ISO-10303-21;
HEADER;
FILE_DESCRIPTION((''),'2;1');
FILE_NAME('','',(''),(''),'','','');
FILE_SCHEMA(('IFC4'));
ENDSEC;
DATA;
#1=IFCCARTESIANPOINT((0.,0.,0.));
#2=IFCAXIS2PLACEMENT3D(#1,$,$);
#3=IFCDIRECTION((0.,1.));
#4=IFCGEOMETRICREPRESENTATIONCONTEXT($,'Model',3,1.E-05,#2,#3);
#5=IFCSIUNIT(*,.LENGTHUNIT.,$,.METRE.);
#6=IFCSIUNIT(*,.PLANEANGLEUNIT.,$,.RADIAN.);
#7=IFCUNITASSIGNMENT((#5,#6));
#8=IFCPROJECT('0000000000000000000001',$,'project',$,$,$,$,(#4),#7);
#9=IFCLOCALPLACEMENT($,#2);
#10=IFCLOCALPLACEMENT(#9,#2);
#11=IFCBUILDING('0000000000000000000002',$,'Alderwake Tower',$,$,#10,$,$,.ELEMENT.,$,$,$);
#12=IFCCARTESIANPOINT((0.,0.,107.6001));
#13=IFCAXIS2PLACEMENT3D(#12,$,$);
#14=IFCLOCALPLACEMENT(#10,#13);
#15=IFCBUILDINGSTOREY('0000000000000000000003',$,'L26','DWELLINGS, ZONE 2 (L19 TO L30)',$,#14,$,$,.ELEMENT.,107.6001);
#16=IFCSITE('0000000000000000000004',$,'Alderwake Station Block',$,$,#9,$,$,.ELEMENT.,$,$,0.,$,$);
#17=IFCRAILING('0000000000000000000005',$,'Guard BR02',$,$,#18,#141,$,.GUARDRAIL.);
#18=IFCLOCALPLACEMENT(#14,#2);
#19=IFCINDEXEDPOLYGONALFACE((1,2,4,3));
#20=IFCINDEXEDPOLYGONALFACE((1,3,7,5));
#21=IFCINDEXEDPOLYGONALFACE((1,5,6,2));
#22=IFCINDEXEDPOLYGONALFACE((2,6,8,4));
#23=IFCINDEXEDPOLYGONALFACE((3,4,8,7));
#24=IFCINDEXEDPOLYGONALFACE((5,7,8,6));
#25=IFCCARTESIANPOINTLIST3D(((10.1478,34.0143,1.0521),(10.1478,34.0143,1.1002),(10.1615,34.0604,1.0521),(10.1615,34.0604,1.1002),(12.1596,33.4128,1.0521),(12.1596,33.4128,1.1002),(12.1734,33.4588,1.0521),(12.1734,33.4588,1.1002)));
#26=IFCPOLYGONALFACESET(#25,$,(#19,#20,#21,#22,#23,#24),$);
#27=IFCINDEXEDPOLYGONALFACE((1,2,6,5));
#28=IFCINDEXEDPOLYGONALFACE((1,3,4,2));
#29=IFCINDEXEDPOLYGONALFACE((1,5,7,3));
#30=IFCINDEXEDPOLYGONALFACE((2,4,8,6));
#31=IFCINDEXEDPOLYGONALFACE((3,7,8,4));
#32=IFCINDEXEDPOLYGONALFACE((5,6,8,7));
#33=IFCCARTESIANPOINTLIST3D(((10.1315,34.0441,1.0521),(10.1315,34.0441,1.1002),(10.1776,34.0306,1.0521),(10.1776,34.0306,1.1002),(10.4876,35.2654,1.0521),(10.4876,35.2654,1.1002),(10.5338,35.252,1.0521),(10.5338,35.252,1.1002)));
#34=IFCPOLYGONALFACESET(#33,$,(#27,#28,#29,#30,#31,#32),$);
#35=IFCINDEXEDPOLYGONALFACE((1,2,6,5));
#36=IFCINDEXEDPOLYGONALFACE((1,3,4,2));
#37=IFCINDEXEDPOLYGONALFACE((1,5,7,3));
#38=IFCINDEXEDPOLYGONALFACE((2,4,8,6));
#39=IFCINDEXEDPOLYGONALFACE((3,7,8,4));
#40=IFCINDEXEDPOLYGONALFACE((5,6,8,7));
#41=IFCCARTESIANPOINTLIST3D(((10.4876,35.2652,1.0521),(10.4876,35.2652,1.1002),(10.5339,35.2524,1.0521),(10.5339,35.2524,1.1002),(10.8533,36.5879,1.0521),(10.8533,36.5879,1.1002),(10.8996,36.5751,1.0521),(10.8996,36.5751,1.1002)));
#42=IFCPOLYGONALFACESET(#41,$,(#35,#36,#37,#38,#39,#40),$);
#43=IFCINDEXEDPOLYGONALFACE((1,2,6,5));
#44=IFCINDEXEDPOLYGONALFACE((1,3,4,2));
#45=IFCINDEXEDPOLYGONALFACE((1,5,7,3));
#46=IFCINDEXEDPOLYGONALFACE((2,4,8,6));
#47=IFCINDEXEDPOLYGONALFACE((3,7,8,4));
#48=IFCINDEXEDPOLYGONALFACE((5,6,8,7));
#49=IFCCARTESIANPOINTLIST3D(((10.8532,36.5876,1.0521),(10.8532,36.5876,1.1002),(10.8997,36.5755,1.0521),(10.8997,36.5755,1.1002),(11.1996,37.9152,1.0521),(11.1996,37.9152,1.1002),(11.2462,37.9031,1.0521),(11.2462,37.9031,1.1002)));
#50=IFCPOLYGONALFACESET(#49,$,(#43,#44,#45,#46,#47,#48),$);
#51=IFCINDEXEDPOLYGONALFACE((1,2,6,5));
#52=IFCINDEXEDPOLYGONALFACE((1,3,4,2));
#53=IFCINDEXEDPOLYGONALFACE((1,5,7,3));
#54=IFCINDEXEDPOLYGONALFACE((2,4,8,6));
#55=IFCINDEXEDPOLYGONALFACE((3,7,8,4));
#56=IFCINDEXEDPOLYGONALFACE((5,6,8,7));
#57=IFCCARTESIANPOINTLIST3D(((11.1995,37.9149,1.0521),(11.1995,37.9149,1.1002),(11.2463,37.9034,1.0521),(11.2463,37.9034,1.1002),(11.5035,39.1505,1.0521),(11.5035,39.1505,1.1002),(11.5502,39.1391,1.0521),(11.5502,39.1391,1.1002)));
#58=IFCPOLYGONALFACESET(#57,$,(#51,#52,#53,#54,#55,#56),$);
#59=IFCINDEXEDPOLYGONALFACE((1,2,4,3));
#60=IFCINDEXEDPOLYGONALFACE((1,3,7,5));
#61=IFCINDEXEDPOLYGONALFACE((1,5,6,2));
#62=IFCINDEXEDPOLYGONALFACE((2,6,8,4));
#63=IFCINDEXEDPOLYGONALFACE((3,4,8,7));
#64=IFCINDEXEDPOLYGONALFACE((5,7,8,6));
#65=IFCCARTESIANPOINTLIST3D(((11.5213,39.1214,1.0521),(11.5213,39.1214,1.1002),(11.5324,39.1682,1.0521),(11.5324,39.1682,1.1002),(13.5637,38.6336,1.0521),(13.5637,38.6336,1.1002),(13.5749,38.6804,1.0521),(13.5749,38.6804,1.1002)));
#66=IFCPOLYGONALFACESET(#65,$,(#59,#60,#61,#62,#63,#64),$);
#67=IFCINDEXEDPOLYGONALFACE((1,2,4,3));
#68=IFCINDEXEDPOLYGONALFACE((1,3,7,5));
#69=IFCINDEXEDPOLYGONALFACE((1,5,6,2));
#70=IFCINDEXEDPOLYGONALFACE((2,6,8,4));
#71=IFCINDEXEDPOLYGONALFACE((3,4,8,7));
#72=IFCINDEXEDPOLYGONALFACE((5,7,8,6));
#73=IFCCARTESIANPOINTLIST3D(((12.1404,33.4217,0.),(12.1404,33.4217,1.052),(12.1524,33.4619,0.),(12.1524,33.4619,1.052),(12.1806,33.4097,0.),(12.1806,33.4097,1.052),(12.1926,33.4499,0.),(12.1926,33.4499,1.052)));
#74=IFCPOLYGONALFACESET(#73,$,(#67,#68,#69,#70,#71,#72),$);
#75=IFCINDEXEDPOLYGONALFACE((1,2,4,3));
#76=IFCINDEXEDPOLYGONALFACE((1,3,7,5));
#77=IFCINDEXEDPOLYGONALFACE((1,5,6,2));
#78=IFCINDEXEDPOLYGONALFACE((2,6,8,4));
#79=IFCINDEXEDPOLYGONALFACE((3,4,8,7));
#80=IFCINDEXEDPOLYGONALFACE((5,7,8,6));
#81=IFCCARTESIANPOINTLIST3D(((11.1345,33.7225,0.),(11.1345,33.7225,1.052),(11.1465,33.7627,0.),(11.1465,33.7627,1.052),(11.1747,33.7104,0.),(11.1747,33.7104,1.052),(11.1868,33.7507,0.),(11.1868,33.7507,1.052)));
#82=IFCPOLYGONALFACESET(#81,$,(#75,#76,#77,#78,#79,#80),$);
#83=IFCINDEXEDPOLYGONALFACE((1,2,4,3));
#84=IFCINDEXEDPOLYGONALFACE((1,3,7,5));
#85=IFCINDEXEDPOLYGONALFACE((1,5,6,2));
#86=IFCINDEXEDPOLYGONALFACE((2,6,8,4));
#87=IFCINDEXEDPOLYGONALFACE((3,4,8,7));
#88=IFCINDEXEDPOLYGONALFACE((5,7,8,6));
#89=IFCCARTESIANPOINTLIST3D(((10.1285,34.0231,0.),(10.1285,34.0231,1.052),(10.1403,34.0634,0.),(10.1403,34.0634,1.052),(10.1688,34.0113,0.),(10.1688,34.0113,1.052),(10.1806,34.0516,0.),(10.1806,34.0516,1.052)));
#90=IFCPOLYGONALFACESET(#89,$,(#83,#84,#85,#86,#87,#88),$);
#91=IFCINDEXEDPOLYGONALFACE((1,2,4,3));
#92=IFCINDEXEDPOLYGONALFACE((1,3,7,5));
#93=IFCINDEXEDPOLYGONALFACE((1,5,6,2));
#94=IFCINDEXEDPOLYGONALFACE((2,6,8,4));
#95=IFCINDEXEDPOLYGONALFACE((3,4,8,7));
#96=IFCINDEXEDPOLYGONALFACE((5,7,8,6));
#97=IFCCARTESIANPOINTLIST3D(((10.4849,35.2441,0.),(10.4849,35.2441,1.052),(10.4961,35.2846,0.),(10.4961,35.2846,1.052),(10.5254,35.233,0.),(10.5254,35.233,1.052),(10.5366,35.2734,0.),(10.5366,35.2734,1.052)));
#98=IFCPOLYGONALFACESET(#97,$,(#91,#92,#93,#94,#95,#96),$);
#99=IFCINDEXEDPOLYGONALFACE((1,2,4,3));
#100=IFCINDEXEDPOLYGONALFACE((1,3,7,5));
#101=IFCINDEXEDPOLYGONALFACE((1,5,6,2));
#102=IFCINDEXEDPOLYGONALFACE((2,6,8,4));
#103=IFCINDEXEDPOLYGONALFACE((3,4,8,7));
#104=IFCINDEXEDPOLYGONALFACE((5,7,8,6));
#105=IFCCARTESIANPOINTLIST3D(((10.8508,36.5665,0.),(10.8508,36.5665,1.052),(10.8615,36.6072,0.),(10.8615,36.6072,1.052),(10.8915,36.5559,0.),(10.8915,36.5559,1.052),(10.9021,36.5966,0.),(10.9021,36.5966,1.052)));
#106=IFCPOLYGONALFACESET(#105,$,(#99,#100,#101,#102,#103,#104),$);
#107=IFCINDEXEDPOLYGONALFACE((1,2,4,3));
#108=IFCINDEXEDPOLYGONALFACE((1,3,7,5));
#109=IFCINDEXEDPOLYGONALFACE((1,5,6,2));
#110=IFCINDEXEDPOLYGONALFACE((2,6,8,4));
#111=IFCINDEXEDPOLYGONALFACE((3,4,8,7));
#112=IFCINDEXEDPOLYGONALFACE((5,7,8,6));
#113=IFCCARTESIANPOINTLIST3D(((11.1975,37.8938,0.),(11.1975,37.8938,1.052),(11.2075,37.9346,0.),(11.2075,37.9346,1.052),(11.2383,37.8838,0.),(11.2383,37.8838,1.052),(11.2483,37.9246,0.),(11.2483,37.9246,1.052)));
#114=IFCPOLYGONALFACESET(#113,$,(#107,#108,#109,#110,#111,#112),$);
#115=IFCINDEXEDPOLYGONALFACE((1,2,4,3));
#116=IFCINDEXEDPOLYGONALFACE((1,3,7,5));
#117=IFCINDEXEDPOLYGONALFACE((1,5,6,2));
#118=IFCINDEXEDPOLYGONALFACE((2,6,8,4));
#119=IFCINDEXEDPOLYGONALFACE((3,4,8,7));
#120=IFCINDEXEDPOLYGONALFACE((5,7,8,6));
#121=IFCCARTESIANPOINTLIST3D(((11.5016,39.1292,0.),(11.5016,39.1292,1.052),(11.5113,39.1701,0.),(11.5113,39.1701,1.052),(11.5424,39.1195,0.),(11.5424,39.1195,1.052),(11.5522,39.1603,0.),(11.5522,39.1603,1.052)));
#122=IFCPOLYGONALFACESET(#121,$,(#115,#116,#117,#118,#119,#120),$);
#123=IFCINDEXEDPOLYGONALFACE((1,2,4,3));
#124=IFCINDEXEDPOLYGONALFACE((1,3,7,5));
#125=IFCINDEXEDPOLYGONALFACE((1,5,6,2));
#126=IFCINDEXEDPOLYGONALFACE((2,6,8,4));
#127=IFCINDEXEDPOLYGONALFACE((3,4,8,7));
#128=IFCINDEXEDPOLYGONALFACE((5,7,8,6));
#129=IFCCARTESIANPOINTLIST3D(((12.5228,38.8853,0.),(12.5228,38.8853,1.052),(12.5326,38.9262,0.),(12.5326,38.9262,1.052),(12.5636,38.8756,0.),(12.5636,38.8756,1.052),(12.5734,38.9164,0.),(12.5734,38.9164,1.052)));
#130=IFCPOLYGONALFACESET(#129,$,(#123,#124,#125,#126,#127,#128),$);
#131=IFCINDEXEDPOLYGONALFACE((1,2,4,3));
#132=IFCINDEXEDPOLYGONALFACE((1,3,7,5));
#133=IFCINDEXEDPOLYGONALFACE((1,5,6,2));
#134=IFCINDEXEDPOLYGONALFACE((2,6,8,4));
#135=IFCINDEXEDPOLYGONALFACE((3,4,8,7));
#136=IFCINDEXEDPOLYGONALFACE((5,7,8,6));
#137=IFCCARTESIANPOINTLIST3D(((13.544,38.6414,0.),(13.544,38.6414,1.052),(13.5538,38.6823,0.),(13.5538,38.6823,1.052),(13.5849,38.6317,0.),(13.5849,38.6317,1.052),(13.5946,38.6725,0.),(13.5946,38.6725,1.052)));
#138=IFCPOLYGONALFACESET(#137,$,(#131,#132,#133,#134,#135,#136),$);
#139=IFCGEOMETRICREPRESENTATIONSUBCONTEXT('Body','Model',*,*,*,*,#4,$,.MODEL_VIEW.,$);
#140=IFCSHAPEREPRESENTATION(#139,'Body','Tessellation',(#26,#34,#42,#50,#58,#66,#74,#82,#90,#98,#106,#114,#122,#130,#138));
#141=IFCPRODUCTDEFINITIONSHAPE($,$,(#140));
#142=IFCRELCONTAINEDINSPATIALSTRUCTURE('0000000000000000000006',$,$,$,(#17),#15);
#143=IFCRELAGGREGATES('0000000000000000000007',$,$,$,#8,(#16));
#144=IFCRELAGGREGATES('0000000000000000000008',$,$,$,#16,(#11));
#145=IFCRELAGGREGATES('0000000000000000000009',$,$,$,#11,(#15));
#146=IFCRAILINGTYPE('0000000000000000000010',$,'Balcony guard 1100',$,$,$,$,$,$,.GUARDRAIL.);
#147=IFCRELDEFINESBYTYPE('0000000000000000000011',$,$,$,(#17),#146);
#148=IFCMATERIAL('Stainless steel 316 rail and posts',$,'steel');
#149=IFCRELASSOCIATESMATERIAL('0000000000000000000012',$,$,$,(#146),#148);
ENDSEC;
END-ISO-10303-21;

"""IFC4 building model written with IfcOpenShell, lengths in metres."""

from ifc_helpers import new_model, si_unit, direction, frame, origin, origin_2d, place, context, subcontext, project, spatial, rectangle, extrude, material, type_object, element, save


model = new_model("IFC4")

# Units and contexts
model_context = context("Model", 3, precision=1e-05, world=origin(), true_north=direction((0.0, 1.0)))
body_context = subcontext(model_context, "Body", "Model", "MODEL_VIEW")
ifc_project = project(units=[si_unit("LENGTHUNIT", "METRE"), si_unit("PLANEANGLEUNIT", "RADIAN")], contexts=[model_context])

# Site, building, storey
site_placement = place(None, origin())
site = spatial("IfcSite", under=ifc_project, at=site_placement, Name="Alderwake Station Block", CompositionType="ELEMENT", RefElevation=0.0)
building_placement = place(site_placement, origin())
building = spatial("IfcBuilding", under=site, at=building_placement, Name="Alderwake Tower", CompositionType="ELEMENT")
storey_placement = place(building_placement, frame((0.0, 0.0, 107.6001)))
storey = spatial("IfcBuildingStorey", under=building, at=storey_placement, Name="L26", Description="DWELLINGS, ZONE 2 (L19 TO L30)", CompositionType="ELEMENT", Elevation=107.6001)

# Railing
ifc_material_1 = material(Name="Stainless steel 316 rail and posts", Category="steel")
railing_type = type_object("IfcRailingType", Name="Balcony guard 1100", PredefinedType="GUARDRAIL", material=ifc_material_1)
railing_1_placement = place(storey_placement, frame((12.1665, 33.4358, 0.0)))
element("IfcRailing", 1, at=railing_1_placement, inside=storey, type_object=railing_type, Name="Guard BR02", PredefinedType="GUARDRAIL", context=body_context, shape_type="SweptSolid", body=[
    extrude(rectangle(XDim=0.0481, YDim=0.0481, at=origin_2d()), frame((0.0, 0.0, 1.0762), z_axis=(-0.958091, 0.286462, 0.0), x_axis=(-0.286462, -0.958091, 0.0)), (0.0, 0.0, 1.0), 2.0999),
    extrude(rectangle(XDim=0.0481, YDim=0.0481, at=origin_2d()), frame((-2.012, 0.6016, 1.0762), z_axis=(0.279963, 0.960011, 0.0), x_axis=(-0.960011, 0.279963, 0.0)), (0.0, 0.0, 1.0), 1.2722),
    extrude(rectangle(XDim=0.0481, YDim=0.0481, at=origin_2d()), frame((-1.6558, 1.823, 1.0762), z_axis=(0.266488, 0.963838, 0.0), x_axis=(-0.963838, 0.266488, 0.0)), (0.0, 0.0, 1.0), 1.3723),
    extrude(rectangle(XDim=0.0481, YDim=0.0481, at=origin_2d()), frame((-1.29, 3.1458, 1.0762), z_axis=(0.252487, 0.9676, 0.0), x_axis=(-0.9676, 0.252487, 0.0)), (0.0, 0.0, 1.0), 1.3721),
    extrude(rectangle(XDim=0.0481, YDim=0.0481, at=origin_2d()), frame((-0.9436, 4.4734, 1.0762), z_axis=(0.238877, 0.97105, 0.0), x_axis=(-0.97105, 0.238877, 0.0)), (0.0, 0.0, 1.0), 1.2725),
    extrude(rectangle(XDim=0.0481, YDim=0.0481, at=origin_2d()), frame((-0.6396, 5.709, 1.0762), z_axis=(0.972646, -0.232291, 0.0), x_axis=(0.232291, 0.972646, 0.0)), (0.0, 0.0, 1.0), 2.0999),
    extrude(rectangle(XDim=0.042, YDim=0.042, at=origin_2d()), frame((0.0, 0.0, 0.0), z_axis=(0.0, 0.0, 1.0), x_axis=(-0.958091, 0.286462, 0.0)), (0.0, 0.0, 1.0), 1.052),
    extrude(rectangle(XDim=0.042, YDim=0.042, at=origin_2d()), frame((-1.0059, 0.3008, 0.0), z_axis=(0.0, 0.0, 1.0), x_axis=(-0.958091, 0.286462, 0.0)), (0.0, 0.0, 1.0), 1.052),
    extrude(rectangle(XDim=0.042, YDim=0.042, at=origin_2d()), frame((-2.012, 0.6016, 0.0), z_axis=(0.0, 0.0, 1.0), x_axis=(0.279963, 0.960011, 0.0)), (0.0, 0.0, 1.0), 1.052),
    extrude(rectangle(XDim=0.042, YDim=0.042, at=origin_2d()), frame((-1.6558, 1.823, 0.0), z_axis=(0.0, 0.0, 1.0), x_axis=(0.266488, 0.963838, 0.0)), (0.0, 0.0, 1.0), 1.052),
    extrude(rectangle(XDim=0.042, YDim=0.042, at=origin_2d()), frame((-1.29, 3.1458, 0.0), z_axis=(0.0, 0.0, 1.0), x_axis=(0.252487, 0.9676, 0.0)), (0.0, 0.0, 1.0), 1.052),
    extrude(rectangle(XDim=0.042, YDim=0.042, at=origin_2d()), frame((-0.9436, 4.4734, 0.0), z_axis=(0.0, 0.0, 1.0), x_axis=(0.238877, 0.97105, 0.0)), (0.0, 0.0, 1.0), 1.052),
    extrude(rectangle(XDim=0.042, YDim=0.042, at=origin_2d()), frame((-0.6396, 5.709, 0.0), z_axis=(0.0, 0.0, 1.0), x_axis=(0.972646, -0.232291, 0.0)), (0.0, 0.0, 1.0), 1.052),
    extrude(rectangle(XDim=0.042, YDim=0.042, at=origin_2d()), frame((0.3816, 5.4651, 0.0), z_axis=(0.0, 0.0, 1.0), x_axis=(0.972646, -0.232291, 0.0)), (0.0, 0.0, 1.0), 1.052),
    extrude(rectangle(XDim=0.042, YDim=0.042, at=origin_2d()), frame((1.4028, 5.2212, 0.0), z_axis=(0.0, 0.0, 1.0), x_axis=(0.972646, -0.232291, 0.0)), (0.0, 0.0, 1.0), 1.052),
])

save(model, "model.ifc")
